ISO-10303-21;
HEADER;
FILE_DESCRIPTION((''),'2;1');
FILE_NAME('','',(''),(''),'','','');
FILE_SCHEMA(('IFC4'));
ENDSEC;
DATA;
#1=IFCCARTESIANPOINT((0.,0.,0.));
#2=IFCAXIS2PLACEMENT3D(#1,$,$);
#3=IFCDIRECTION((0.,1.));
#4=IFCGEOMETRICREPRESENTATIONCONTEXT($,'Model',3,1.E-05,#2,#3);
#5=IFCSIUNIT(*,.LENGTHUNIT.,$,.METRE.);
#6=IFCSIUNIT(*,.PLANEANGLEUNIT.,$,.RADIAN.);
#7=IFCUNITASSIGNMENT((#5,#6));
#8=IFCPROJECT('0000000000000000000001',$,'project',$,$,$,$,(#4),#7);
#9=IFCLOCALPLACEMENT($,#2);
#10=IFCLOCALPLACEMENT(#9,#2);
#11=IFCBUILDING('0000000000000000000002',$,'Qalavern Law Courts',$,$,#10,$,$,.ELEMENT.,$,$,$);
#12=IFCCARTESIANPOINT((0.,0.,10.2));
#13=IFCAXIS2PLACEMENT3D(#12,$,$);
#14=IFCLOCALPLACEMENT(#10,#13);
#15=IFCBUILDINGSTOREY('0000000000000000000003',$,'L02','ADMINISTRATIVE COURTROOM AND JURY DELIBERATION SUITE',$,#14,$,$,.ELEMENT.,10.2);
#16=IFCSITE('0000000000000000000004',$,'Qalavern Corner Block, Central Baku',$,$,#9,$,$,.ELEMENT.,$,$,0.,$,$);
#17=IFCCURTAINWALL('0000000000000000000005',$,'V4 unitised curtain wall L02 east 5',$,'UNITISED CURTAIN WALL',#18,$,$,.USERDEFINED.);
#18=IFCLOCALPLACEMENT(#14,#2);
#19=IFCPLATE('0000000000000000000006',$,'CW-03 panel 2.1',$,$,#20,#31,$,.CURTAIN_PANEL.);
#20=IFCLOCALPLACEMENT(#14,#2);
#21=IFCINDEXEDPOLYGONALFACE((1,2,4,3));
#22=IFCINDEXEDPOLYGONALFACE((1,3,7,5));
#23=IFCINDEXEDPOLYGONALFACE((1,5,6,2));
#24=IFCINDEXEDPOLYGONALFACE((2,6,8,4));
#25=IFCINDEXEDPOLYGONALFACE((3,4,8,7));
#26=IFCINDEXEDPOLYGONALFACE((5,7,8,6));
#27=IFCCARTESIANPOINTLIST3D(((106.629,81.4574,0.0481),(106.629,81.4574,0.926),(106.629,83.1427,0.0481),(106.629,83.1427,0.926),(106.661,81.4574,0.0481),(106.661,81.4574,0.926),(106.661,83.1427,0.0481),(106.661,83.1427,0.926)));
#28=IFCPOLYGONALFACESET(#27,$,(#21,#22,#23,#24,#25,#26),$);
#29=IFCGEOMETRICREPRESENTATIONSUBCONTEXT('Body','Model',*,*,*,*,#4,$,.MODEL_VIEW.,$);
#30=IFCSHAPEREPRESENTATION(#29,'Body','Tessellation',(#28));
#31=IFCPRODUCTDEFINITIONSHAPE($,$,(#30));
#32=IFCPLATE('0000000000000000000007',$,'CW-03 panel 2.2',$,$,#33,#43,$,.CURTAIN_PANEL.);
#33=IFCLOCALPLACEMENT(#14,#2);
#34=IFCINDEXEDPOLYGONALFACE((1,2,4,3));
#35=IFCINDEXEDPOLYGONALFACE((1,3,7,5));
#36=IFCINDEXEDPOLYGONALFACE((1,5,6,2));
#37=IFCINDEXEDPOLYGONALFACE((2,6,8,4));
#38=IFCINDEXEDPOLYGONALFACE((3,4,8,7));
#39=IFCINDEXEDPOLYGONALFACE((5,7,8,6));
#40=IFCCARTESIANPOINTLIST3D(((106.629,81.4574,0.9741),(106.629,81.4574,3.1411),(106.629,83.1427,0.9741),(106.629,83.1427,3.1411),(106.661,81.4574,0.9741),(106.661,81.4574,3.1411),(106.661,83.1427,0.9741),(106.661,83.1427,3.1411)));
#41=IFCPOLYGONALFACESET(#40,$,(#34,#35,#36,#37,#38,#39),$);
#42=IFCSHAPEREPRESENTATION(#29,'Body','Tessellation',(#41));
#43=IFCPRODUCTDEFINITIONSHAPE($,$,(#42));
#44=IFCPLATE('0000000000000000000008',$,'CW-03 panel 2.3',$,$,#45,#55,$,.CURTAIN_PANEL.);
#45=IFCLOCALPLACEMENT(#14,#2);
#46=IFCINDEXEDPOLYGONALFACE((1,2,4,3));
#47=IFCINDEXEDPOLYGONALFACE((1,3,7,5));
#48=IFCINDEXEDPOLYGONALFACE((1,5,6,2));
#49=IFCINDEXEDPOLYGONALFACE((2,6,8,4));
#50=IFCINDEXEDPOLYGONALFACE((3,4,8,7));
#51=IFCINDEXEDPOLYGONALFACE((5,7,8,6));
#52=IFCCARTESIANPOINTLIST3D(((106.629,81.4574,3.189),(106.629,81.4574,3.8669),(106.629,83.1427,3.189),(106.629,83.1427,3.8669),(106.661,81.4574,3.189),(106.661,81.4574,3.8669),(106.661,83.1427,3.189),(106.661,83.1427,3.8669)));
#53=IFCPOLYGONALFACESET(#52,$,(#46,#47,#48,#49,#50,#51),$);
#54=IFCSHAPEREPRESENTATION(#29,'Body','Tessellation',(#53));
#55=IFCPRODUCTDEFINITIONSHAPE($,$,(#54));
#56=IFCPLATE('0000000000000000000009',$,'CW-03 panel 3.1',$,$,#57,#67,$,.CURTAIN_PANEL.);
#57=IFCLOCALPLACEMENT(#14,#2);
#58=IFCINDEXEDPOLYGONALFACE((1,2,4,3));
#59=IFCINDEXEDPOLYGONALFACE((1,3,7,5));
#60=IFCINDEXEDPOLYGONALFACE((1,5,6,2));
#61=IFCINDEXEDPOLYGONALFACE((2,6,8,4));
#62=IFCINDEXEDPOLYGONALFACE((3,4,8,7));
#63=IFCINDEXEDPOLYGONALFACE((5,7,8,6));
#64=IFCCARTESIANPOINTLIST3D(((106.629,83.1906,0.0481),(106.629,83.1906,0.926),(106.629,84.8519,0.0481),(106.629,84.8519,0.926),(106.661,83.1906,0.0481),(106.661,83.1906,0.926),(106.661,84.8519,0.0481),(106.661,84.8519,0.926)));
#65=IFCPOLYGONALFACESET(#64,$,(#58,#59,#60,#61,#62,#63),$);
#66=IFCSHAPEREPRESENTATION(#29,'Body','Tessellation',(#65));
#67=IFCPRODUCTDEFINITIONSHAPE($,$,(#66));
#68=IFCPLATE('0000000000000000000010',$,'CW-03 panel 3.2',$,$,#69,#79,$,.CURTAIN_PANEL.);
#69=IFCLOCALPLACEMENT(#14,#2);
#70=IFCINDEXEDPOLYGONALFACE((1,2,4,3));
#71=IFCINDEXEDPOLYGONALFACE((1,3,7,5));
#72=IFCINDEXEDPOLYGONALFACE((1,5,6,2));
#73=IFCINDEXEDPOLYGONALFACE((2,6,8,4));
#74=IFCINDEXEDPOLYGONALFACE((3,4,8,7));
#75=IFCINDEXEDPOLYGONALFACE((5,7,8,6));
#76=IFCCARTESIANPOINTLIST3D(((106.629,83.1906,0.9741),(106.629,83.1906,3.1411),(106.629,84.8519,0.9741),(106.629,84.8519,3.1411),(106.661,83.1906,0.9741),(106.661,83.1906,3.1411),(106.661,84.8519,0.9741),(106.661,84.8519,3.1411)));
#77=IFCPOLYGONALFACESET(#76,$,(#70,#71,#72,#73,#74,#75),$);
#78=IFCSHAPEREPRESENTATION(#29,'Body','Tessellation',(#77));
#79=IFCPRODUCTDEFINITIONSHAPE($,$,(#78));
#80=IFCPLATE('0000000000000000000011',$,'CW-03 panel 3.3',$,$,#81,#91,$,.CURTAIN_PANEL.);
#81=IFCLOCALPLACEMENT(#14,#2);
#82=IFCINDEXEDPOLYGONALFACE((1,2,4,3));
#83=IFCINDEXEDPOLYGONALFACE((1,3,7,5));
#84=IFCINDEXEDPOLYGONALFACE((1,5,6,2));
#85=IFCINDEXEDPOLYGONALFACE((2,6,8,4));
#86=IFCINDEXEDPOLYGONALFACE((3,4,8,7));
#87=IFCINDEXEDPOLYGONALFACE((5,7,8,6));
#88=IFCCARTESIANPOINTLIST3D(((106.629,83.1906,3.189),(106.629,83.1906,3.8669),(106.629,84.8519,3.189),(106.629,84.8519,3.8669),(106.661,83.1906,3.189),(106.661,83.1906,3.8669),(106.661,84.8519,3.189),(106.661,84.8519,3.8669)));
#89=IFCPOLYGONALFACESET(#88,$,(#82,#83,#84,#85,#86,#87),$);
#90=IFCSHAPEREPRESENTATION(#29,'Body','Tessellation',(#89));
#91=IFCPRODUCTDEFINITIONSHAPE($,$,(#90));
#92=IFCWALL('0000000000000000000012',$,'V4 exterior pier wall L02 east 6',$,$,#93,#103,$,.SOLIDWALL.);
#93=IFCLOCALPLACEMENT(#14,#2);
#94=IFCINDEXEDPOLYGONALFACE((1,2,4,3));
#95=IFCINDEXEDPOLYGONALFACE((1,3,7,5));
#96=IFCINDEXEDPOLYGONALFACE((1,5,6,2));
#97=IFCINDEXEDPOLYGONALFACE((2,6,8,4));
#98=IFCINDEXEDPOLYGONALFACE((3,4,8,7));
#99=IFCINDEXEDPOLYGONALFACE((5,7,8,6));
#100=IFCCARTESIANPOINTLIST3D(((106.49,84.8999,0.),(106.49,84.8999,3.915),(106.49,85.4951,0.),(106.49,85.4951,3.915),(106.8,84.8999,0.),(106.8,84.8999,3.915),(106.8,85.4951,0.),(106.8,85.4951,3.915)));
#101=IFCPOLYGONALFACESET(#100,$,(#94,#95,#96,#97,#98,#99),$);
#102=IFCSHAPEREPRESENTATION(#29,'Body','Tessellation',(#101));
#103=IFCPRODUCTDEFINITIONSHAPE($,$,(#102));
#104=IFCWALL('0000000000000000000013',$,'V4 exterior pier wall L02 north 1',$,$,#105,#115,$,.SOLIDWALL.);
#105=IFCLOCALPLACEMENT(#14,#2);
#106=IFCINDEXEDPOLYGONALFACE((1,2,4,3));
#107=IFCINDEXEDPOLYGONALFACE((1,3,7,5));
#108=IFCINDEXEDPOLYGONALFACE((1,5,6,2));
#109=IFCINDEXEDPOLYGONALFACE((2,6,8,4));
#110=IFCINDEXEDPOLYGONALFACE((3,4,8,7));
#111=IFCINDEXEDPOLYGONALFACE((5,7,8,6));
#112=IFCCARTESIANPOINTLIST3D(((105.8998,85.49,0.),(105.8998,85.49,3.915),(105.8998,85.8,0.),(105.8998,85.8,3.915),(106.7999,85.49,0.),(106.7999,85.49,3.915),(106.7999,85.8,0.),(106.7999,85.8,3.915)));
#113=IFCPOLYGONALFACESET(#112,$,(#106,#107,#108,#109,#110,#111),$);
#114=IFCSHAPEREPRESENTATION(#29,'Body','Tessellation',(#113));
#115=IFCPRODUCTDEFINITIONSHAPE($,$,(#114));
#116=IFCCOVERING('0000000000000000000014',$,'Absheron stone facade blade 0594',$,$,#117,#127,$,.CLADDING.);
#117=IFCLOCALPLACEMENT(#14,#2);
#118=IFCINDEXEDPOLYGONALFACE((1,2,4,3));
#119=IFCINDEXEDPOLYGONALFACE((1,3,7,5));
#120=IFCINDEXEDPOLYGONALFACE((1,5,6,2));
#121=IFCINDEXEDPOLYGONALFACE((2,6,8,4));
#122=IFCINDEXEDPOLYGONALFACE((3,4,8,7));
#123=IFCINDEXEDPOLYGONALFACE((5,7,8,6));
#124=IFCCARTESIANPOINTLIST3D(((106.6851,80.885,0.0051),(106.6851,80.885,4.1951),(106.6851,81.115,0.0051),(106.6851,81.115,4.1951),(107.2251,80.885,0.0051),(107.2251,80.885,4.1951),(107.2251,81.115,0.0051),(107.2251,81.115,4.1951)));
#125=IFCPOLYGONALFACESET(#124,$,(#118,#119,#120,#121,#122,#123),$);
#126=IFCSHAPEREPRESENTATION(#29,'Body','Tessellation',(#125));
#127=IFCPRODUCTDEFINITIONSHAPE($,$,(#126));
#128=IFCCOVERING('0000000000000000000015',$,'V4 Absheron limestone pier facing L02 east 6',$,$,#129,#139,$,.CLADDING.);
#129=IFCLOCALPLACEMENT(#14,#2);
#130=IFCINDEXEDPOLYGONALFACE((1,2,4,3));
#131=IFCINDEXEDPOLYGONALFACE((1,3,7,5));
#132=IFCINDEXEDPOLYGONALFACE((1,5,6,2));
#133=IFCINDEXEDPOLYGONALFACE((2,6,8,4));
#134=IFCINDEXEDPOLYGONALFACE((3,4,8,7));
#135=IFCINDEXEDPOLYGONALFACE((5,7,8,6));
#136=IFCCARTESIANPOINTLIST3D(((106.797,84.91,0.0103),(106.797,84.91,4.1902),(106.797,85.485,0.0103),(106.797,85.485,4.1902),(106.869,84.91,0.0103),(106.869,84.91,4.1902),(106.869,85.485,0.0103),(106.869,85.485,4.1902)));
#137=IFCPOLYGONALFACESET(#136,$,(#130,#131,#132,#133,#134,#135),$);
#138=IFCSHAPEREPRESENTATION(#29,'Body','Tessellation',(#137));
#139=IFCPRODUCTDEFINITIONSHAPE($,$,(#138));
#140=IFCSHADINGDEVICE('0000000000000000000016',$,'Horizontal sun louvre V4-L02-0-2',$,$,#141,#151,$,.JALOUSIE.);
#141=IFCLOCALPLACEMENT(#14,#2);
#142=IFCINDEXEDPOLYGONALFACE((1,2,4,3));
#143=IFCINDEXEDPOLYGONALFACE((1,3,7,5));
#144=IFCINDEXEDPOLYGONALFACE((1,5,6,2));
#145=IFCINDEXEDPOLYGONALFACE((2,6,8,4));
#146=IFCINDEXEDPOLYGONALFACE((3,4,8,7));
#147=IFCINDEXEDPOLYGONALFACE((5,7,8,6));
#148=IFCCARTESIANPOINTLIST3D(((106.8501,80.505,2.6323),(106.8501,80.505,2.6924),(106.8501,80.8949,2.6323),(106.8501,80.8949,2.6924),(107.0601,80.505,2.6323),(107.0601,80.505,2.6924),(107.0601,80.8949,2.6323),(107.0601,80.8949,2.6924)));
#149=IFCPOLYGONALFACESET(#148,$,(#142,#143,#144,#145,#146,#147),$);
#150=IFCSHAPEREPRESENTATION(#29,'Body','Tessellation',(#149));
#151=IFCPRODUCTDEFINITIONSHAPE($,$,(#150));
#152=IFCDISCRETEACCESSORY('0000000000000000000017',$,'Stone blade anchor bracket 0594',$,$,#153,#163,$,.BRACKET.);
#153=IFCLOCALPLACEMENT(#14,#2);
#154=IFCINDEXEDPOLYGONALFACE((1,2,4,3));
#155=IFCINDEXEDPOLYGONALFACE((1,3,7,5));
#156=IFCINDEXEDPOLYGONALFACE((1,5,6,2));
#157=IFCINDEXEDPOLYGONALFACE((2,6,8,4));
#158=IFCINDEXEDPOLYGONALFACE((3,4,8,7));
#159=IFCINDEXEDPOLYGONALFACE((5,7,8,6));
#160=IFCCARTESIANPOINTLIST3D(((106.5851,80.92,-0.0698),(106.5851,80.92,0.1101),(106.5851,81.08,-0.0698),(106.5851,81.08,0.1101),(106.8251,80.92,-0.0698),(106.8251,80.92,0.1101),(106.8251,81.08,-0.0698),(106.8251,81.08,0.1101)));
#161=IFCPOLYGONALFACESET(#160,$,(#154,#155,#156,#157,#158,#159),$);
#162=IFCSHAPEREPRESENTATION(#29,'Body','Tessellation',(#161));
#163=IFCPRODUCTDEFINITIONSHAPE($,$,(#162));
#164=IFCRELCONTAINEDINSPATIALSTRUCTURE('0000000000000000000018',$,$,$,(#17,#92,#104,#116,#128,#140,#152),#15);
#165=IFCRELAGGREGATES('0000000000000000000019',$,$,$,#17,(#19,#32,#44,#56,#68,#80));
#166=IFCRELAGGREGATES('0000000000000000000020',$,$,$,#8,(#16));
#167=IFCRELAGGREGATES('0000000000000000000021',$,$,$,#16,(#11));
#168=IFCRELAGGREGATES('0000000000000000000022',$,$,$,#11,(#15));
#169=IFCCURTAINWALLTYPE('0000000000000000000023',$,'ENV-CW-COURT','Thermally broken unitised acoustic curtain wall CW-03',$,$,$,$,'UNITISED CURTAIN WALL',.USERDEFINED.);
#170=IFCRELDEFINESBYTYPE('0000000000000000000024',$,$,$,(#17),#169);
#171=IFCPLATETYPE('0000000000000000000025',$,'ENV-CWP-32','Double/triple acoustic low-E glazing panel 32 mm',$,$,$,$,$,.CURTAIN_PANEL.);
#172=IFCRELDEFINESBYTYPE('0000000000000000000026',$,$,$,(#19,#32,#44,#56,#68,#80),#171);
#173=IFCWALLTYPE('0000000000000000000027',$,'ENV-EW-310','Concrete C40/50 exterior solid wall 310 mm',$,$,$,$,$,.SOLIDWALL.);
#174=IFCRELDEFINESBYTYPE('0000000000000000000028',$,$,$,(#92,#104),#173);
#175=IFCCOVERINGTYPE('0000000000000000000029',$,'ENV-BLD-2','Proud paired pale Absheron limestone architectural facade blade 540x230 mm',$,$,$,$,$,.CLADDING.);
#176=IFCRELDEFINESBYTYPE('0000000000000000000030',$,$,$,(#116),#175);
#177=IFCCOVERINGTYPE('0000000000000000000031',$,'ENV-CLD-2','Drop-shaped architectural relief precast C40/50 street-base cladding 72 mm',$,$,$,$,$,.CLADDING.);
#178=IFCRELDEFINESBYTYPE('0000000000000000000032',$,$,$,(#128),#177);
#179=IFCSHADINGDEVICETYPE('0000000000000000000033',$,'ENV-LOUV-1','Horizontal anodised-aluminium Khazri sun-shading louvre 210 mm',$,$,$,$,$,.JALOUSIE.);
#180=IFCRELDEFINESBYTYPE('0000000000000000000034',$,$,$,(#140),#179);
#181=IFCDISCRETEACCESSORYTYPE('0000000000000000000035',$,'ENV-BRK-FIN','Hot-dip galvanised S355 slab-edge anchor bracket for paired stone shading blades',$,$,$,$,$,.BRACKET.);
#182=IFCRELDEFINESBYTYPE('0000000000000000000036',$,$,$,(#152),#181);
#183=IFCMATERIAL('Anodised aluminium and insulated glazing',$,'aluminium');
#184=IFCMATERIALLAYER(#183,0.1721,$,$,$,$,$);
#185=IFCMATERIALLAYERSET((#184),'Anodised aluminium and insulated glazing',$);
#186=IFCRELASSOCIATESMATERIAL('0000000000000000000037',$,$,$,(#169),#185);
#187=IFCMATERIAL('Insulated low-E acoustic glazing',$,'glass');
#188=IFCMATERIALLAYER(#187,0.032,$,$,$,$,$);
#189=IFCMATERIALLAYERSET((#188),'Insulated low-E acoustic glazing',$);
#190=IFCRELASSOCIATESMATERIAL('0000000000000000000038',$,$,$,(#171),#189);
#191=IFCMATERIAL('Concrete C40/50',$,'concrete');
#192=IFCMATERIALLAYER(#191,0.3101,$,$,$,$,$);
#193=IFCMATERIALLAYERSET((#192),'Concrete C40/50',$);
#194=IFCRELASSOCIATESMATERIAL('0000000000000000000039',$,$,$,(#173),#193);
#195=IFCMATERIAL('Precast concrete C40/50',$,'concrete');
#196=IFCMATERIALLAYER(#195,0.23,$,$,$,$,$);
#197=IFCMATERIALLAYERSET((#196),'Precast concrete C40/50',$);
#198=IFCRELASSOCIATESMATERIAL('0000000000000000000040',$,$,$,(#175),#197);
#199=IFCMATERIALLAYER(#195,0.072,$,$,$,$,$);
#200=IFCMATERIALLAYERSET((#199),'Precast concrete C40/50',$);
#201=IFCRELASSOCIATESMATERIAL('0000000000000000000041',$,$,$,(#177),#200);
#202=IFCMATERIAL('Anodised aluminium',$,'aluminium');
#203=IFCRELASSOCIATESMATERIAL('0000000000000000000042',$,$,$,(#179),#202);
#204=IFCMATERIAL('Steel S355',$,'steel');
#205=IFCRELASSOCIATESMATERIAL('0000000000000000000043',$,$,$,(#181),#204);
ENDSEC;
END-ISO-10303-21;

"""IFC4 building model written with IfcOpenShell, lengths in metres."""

from ifc_helpers import new_model, si_unit, direction, frame, frame_2d, origin, origin_2d, place, context, subcontext, project, spatial, rectangle, extrude, material, layer, layer_set, type_object, element, aggregate, save


model = new_model("IFC4")

# Units and contexts
model_context = context("Model", 3, precision=1e-05, world=origin(), true_north=direction((0.0, 1.0)))
body_context = subcontext(model_context, "Body", "Model", "MODEL_VIEW")
ifc_project = project(units=[si_unit("LENGTHUNIT", "METRE"), si_unit("PLANEANGLEUNIT", "RADIAN")], contexts=[model_context])

# Site, building, storey
site_placement = place(None, origin())
site = spatial("IfcSite", under=ifc_project, at=site_placement, Name="Qalavern Corner Block, Central Baku", CompositionType="ELEMENT", RefElevation=0.0)
building_placement = place(site_placement, origin())
building = spatial("IfcBuilding", under=site, at=building_placement, Name="Qalavern Law Courts", CompositionType="ELEMENT")
storey_placement = place(building_placement, frame((0.0, 0.0, 10.2)))
storey = spatial("IfcBuildingStorey", under=building, at=storey_placement, Name="L02", Description="ADMINISTRATIVE COURTROOM AND JURY DELIBERATION SUITE", CompositionType="ELEMENT", Elevation=10.2)

# Curtain wall, plates
ifc_material_1 = material(Name="Anodised aluminium and insulated glazing", Category="aluminium")
ifc_layer_1 = layer(ifc_material_1, 0.1721)
ifc_layer_set_1 = layer_set([ifc_layer_1], Name="Anodised aluminium and insulated glazing")
curtain_wall_type = type_object("IfcCurtainWallType", Name="ENV-CW-COURT", Description="Thermally broken unitised acoustic curtain wall CW-03", ElementType="UNITISED CURTAIN WALL", PredefinedType="USERDEFINED", material=ifc_layer_set_1)
curtain_wall_placement = place(storey_placement, origin())
curtain_wall = element("IfcCurtainWall", 1, at=curtain_wall_placement, inside=storey, type_object=curtain_wall_type, Name="V4 unitised curtain wall L02 east 5", ObjectType="UNITISED CURTAIN WALL", PredefinedType="USERDEFINED")
ifc_material_2 = material(Name="Anodised aluminium", Category="aluminium")
ifc_material_3 = material(Name="Insulated low-E acoustic glazing", Category="glass")
ifc_layer_2 = layer(ifc_material_3, 0.032)
ifc_layer_set_2 = layer_set([ifc_layer_2], Name="Insulated low-E acoustic glazing")
plate_type = type_object("IfcPlateType", Name="ENV-CWP-32", Description="Double/triple acoustic low-E glazing panel 32 mm", PredefinedType="CURTAIN_PANEL", material=ifc_layer_set_2)
plate_1_placement = place(storey_placement, frame((106.645, 82.3, 0.0481), z_axis=(0.0, 0.0, 1.0), x_axis=(0.0, 1.0, 0.0)))
plate_1 = element("IfcPlate", 2, at=plate_1_placement, type_object=plate_type, Name="CW-03 panel 2.1", PredefinedType="CURTAIN_PANEL", context=body_context, shape_type="SweptSolid", body=[
    extrude(rectangle(XDim=1.6853, YDim=0.032, at=origin_2d()), origin(), (0.0, 0.0, 1.0), 0.8779),
])
plate_2_placement = place(storey_placement, frame((106.645, 82.3, 0.9741), z_axis=(0.0, 0.0, 1.0), x_axis=(0.0, 1.0, 0.0)))
plate_2 = element("IfcPlate", 3, at=plate_2_placement, type_object=plate_type, Name="CW-03 panel 2.2", PredefinedType="CURTAIN_PANEL", context=body_context, shape_type="SweptSolid", body=[
    extrude(rectangle(XDim=1.6853, YDim=0.032, at=origin_2d()), origin(), (0.0, 0.0, 1.0), 2.167),
])
plate_3_placement = place(storey_placement, frame((106.645, 82.3, 3.189), z_axis=(0.0, 0.0, 1.0), x_axis=(0.0, 1.0, 0.0)))
plate_3 = element("IfcPlate", 4, at=plate_3_placement, type_object=plate_type, Name="CW-03 panel 2.3", PredefinedType="CURTAIN_PANEL", context=body_context, shape_type="SweptSolid", body=[
    extrude(rectangle(XDim=1.6853, YDim=0.032, at=origin_2d()), origin(), (0.0, 0.0, 1.0), 0.678),
])
plate_4_placement = place(storey_placement, frame((106.645, 84.0212, 0.0481), z_axis=(0.0, 0.0, 1.0), x_axis=(0.0, 1.0, 0.0)))
plate_4 = element("IfcPlate", 5, at=plate_4_placement, type_object=plate_type, Name="CW-03 panel 3.1", PredefinedType="CURTAIN_PANEL", context=body_context, shape_type="SweptSolid", body=[
    extrude(rectangle(XDim=1.6614, YDim=0.032, at=origin_2d()), origin(), (0.0, 0.0, 1.0), 0.8779),
])
plate_5_placement = place(storey_placement, frame((106.645, 84.0212, 0.9741), z_axis=(0.0, 0.0, 1.0), x_axis=(0.0, 1.0, 0.0)))
plate_5 = element("IfcPlate", 6, at=plate_5_placement, type_object=plate_type, Name="CW-03 panel 3.2", PredefinedType="CURTAIN_PANEL", context=body_context, shape_type="SweptSolid", body=[
    extrude(rectangle(XDim=1.6614, YDim=0.032, at=origin_2d()), origin(), (0.0, 0.0, 1.0), 2.167),
])
plate_6_placement = place(storey_placement, frame((106.645, 84.0212, 3.189), z_axis=(0.0, 0.0, 1.0), x_axis=(0.0, 1.0, 0.0)))
plate_6 = element("IfcPlate", 7, at=plate_6_placement, type_object=plate_type, Name="CW-03 panel 3.3", PredefinedType="CURTAIN_PANEL", context=body_context, shape_type="SweptSolid", body=[
    extrude(rectangle(XDim=1.6614, YDim=0.032, at=origin_2d()), origin(), (0.0, 0.0, 1.0), 0.678),
])
aggregate(curtain_wall, [plate_1, plate_2, plate_3, plate_4, plate_5, plate_6])

# Walls
ifc_material_4 = material(Name="Concrete C40/50", Category="concrete")
ifc_layer_3 = layer(ifc_material_4, 0.3101)
ifc_layer_set_3 = layer_set([ifc_layer_3], Name="Concrete C40/50")
wall_type = type_object("IfcWallType", Name="ENV-EW-310", Description="Concrete C40/50 exterior solid wall 310 mm", PredefinedType="SOLIDWALL", material=ifc_layer_set_3)
wall_1_placement = place(storey_placement, frame((106.645, 84.8999, 0.0), z_axis=(0.0, 0.0, 1.0), x_axis=(0.0, 1.0, 0.0)))
element("IfcWall", 8, at=wall_1_placement, inside=storey, type_object=wall_type, Name="V4 exterior pier wall L02 east 6", PredefinedType="SOLIDWALL", context=body_context, shape_type="SweptSolid", body=[
    extrude(rectangle(XDim=0.5952, YDim=0.3101, at=frame_2d((0.2976, 0.0))), origin(), (0.0, 0.0, 1.0), 3.915),
])
wall_2_placement = place(storey_placement, frame((106.8, 85.645, 0.0), z_axis=(0.0, 0.0, 1.0), x_axis=(-1.0, 0.0, 0.0)))
element("IfcWall", 9, at=wall_2_placement, inside=storey, type_object=wall_type, Name="V4 exterior pier wall L02 north 1", PredefinedType="SOLIDWALL", context=body_context, shape_type="SweptSolid", body=[
    extrude(rectangle(XDim=0.9001, YDim=0.3101, at=frame_2d((0.4502, 0.0))), origin(), (0.0, 0.0, 1.0), 3.915),
])

# Coverings
ifc_material_5 = material(Name="Precast concrete C40/50", Category="concrete")
ifc_layer_4 = layer(ifc_material_5, 0.23)
ifc_layer_set_4 = layer_set([ifc_layer_4], Name="Precast concrete C40/50")
covering_type_1 = type_object("IfcCoveringType", Name="ENV-BLD-2", Description="Proud paired pale Absheron limestone architectural facade blade 540x230 mm", PredefinedType="CLADDING", material=ifc_layer_set_4)
covering_1_placement = place(storey_placement, frame((106.9551, 81.0, 0.0051), z_axis=(0.0, 0.0, 1.0), x_axis=(1.0, 0.0, 0.0)))
element("IfcCovering", 10, at=covering_1_placement, inside=storey, type_object=covering_type_1, Name="Absheron stone facade blade 0594", PredefinedType="CLADDING", context=body_context, shape_type="SweptSolid", body=[
    extrude(rectangle(XDim=0.54, YDim=0.23, at=origin_2d()), origin(), (0.0, 0.0, 1.0), 4.1899),
])
ifc_layer_5 = layer(ifc_material_5, 0.072)
ifc_layer_set_5 = layer_set([ifc_layer_5], Name="Precast concrete C40/50")
covering_type_2 = type_object("IfcCoveringType", Name="ENV-CLD-2", Description="Drop-shaped architectural relief precast C40/50 street-base cladding 72 mm", PredefinedType="CLADDING", material=ifc_layer_set_5)
covering_2_placement = place(storey_placement, frame((106.833, 85.1975, 0.0103), z_axis=(0.0, 0.0, 1.0), x_axis=(0.0, 1.0, 0.0)))
element("IfcCovering", 11, at=covering_2_placement, inside=storey, type_object=covering_type_2, Name="V4 Absheron limestone pier facing L02 east 6", PredefinedType="CLADDING", context=body_context, shape_type="SweptSolid", body=[
    extrude(rectangle(XDim=0.575, YDim=0.072, at=origin_2d()), origin(), (0.0, 0.0, 1.0), 4.1799),
])

# Shading device
shading_device_type = type_object("IfcShadingDeviceType", Name="ENV-LOUV-1", Description="Horizontal anodised-aluminium Khazri sun-shading louvre 210 mm", PredefinedType="JALOUSIE", material=ifc_material_2)
shading_device_placement = place(storey_placement, frame((106.9551, 80.7, 2.6323), z_axis=(0.0, 0.0, 1.0), x_axis=(0.0, 1.0, 0.0)))
element("IfcShadingDevice", 12, at=shading_device_placement, inside=storey, type_object=shading_device_type, Name="Horizontal sun louvre V4-L02-0-2", PredefinedType="JALOUSIE", context=body_context, shape_type="SweptSolid", body=[
    extrude(rectangle(XDim=0.3899, YDim=0.21, at=origin_2d()), origin(), (0.0, 0.0, 1.0), 0.0601),
])

# Discrete accessory
ifc_material_6 = material(Name="Steel S355", Category="steel")
discrete_accessory_type = type_object("IfcDiscreteAccessoryType", Name="ENV-BRK-FIN", Description="Hot-dip galvanised S355 slab-edge anchor bracket for paired stone shading blades", PredefinedType="BRACKET", material=ifc_material_6)
discrete_accessory_placement = place(storey_placement, frame((106.7051, 81.0, -0.0698), z_axis=(0.0, 0.0, 1.0), x_axis=(1.0, 0.0, 0.0)))
element("IfcDiscreteAccessory", 13, at=discrete_accessory_placement, inside=storey, type_object=discrete_accessory_type, Name="Stone blade anchor bracket 0594", PredefinedType="BRACKET", context=body_context, shape_type="SweptSolid", body=[
    extrude(rectangle(XDim=0.24, YDim=0.1599, at=origin_2d()), origin(), (0.0, 0.0, 1.0), 0.1799),
])

save(model, "model.ifc")
